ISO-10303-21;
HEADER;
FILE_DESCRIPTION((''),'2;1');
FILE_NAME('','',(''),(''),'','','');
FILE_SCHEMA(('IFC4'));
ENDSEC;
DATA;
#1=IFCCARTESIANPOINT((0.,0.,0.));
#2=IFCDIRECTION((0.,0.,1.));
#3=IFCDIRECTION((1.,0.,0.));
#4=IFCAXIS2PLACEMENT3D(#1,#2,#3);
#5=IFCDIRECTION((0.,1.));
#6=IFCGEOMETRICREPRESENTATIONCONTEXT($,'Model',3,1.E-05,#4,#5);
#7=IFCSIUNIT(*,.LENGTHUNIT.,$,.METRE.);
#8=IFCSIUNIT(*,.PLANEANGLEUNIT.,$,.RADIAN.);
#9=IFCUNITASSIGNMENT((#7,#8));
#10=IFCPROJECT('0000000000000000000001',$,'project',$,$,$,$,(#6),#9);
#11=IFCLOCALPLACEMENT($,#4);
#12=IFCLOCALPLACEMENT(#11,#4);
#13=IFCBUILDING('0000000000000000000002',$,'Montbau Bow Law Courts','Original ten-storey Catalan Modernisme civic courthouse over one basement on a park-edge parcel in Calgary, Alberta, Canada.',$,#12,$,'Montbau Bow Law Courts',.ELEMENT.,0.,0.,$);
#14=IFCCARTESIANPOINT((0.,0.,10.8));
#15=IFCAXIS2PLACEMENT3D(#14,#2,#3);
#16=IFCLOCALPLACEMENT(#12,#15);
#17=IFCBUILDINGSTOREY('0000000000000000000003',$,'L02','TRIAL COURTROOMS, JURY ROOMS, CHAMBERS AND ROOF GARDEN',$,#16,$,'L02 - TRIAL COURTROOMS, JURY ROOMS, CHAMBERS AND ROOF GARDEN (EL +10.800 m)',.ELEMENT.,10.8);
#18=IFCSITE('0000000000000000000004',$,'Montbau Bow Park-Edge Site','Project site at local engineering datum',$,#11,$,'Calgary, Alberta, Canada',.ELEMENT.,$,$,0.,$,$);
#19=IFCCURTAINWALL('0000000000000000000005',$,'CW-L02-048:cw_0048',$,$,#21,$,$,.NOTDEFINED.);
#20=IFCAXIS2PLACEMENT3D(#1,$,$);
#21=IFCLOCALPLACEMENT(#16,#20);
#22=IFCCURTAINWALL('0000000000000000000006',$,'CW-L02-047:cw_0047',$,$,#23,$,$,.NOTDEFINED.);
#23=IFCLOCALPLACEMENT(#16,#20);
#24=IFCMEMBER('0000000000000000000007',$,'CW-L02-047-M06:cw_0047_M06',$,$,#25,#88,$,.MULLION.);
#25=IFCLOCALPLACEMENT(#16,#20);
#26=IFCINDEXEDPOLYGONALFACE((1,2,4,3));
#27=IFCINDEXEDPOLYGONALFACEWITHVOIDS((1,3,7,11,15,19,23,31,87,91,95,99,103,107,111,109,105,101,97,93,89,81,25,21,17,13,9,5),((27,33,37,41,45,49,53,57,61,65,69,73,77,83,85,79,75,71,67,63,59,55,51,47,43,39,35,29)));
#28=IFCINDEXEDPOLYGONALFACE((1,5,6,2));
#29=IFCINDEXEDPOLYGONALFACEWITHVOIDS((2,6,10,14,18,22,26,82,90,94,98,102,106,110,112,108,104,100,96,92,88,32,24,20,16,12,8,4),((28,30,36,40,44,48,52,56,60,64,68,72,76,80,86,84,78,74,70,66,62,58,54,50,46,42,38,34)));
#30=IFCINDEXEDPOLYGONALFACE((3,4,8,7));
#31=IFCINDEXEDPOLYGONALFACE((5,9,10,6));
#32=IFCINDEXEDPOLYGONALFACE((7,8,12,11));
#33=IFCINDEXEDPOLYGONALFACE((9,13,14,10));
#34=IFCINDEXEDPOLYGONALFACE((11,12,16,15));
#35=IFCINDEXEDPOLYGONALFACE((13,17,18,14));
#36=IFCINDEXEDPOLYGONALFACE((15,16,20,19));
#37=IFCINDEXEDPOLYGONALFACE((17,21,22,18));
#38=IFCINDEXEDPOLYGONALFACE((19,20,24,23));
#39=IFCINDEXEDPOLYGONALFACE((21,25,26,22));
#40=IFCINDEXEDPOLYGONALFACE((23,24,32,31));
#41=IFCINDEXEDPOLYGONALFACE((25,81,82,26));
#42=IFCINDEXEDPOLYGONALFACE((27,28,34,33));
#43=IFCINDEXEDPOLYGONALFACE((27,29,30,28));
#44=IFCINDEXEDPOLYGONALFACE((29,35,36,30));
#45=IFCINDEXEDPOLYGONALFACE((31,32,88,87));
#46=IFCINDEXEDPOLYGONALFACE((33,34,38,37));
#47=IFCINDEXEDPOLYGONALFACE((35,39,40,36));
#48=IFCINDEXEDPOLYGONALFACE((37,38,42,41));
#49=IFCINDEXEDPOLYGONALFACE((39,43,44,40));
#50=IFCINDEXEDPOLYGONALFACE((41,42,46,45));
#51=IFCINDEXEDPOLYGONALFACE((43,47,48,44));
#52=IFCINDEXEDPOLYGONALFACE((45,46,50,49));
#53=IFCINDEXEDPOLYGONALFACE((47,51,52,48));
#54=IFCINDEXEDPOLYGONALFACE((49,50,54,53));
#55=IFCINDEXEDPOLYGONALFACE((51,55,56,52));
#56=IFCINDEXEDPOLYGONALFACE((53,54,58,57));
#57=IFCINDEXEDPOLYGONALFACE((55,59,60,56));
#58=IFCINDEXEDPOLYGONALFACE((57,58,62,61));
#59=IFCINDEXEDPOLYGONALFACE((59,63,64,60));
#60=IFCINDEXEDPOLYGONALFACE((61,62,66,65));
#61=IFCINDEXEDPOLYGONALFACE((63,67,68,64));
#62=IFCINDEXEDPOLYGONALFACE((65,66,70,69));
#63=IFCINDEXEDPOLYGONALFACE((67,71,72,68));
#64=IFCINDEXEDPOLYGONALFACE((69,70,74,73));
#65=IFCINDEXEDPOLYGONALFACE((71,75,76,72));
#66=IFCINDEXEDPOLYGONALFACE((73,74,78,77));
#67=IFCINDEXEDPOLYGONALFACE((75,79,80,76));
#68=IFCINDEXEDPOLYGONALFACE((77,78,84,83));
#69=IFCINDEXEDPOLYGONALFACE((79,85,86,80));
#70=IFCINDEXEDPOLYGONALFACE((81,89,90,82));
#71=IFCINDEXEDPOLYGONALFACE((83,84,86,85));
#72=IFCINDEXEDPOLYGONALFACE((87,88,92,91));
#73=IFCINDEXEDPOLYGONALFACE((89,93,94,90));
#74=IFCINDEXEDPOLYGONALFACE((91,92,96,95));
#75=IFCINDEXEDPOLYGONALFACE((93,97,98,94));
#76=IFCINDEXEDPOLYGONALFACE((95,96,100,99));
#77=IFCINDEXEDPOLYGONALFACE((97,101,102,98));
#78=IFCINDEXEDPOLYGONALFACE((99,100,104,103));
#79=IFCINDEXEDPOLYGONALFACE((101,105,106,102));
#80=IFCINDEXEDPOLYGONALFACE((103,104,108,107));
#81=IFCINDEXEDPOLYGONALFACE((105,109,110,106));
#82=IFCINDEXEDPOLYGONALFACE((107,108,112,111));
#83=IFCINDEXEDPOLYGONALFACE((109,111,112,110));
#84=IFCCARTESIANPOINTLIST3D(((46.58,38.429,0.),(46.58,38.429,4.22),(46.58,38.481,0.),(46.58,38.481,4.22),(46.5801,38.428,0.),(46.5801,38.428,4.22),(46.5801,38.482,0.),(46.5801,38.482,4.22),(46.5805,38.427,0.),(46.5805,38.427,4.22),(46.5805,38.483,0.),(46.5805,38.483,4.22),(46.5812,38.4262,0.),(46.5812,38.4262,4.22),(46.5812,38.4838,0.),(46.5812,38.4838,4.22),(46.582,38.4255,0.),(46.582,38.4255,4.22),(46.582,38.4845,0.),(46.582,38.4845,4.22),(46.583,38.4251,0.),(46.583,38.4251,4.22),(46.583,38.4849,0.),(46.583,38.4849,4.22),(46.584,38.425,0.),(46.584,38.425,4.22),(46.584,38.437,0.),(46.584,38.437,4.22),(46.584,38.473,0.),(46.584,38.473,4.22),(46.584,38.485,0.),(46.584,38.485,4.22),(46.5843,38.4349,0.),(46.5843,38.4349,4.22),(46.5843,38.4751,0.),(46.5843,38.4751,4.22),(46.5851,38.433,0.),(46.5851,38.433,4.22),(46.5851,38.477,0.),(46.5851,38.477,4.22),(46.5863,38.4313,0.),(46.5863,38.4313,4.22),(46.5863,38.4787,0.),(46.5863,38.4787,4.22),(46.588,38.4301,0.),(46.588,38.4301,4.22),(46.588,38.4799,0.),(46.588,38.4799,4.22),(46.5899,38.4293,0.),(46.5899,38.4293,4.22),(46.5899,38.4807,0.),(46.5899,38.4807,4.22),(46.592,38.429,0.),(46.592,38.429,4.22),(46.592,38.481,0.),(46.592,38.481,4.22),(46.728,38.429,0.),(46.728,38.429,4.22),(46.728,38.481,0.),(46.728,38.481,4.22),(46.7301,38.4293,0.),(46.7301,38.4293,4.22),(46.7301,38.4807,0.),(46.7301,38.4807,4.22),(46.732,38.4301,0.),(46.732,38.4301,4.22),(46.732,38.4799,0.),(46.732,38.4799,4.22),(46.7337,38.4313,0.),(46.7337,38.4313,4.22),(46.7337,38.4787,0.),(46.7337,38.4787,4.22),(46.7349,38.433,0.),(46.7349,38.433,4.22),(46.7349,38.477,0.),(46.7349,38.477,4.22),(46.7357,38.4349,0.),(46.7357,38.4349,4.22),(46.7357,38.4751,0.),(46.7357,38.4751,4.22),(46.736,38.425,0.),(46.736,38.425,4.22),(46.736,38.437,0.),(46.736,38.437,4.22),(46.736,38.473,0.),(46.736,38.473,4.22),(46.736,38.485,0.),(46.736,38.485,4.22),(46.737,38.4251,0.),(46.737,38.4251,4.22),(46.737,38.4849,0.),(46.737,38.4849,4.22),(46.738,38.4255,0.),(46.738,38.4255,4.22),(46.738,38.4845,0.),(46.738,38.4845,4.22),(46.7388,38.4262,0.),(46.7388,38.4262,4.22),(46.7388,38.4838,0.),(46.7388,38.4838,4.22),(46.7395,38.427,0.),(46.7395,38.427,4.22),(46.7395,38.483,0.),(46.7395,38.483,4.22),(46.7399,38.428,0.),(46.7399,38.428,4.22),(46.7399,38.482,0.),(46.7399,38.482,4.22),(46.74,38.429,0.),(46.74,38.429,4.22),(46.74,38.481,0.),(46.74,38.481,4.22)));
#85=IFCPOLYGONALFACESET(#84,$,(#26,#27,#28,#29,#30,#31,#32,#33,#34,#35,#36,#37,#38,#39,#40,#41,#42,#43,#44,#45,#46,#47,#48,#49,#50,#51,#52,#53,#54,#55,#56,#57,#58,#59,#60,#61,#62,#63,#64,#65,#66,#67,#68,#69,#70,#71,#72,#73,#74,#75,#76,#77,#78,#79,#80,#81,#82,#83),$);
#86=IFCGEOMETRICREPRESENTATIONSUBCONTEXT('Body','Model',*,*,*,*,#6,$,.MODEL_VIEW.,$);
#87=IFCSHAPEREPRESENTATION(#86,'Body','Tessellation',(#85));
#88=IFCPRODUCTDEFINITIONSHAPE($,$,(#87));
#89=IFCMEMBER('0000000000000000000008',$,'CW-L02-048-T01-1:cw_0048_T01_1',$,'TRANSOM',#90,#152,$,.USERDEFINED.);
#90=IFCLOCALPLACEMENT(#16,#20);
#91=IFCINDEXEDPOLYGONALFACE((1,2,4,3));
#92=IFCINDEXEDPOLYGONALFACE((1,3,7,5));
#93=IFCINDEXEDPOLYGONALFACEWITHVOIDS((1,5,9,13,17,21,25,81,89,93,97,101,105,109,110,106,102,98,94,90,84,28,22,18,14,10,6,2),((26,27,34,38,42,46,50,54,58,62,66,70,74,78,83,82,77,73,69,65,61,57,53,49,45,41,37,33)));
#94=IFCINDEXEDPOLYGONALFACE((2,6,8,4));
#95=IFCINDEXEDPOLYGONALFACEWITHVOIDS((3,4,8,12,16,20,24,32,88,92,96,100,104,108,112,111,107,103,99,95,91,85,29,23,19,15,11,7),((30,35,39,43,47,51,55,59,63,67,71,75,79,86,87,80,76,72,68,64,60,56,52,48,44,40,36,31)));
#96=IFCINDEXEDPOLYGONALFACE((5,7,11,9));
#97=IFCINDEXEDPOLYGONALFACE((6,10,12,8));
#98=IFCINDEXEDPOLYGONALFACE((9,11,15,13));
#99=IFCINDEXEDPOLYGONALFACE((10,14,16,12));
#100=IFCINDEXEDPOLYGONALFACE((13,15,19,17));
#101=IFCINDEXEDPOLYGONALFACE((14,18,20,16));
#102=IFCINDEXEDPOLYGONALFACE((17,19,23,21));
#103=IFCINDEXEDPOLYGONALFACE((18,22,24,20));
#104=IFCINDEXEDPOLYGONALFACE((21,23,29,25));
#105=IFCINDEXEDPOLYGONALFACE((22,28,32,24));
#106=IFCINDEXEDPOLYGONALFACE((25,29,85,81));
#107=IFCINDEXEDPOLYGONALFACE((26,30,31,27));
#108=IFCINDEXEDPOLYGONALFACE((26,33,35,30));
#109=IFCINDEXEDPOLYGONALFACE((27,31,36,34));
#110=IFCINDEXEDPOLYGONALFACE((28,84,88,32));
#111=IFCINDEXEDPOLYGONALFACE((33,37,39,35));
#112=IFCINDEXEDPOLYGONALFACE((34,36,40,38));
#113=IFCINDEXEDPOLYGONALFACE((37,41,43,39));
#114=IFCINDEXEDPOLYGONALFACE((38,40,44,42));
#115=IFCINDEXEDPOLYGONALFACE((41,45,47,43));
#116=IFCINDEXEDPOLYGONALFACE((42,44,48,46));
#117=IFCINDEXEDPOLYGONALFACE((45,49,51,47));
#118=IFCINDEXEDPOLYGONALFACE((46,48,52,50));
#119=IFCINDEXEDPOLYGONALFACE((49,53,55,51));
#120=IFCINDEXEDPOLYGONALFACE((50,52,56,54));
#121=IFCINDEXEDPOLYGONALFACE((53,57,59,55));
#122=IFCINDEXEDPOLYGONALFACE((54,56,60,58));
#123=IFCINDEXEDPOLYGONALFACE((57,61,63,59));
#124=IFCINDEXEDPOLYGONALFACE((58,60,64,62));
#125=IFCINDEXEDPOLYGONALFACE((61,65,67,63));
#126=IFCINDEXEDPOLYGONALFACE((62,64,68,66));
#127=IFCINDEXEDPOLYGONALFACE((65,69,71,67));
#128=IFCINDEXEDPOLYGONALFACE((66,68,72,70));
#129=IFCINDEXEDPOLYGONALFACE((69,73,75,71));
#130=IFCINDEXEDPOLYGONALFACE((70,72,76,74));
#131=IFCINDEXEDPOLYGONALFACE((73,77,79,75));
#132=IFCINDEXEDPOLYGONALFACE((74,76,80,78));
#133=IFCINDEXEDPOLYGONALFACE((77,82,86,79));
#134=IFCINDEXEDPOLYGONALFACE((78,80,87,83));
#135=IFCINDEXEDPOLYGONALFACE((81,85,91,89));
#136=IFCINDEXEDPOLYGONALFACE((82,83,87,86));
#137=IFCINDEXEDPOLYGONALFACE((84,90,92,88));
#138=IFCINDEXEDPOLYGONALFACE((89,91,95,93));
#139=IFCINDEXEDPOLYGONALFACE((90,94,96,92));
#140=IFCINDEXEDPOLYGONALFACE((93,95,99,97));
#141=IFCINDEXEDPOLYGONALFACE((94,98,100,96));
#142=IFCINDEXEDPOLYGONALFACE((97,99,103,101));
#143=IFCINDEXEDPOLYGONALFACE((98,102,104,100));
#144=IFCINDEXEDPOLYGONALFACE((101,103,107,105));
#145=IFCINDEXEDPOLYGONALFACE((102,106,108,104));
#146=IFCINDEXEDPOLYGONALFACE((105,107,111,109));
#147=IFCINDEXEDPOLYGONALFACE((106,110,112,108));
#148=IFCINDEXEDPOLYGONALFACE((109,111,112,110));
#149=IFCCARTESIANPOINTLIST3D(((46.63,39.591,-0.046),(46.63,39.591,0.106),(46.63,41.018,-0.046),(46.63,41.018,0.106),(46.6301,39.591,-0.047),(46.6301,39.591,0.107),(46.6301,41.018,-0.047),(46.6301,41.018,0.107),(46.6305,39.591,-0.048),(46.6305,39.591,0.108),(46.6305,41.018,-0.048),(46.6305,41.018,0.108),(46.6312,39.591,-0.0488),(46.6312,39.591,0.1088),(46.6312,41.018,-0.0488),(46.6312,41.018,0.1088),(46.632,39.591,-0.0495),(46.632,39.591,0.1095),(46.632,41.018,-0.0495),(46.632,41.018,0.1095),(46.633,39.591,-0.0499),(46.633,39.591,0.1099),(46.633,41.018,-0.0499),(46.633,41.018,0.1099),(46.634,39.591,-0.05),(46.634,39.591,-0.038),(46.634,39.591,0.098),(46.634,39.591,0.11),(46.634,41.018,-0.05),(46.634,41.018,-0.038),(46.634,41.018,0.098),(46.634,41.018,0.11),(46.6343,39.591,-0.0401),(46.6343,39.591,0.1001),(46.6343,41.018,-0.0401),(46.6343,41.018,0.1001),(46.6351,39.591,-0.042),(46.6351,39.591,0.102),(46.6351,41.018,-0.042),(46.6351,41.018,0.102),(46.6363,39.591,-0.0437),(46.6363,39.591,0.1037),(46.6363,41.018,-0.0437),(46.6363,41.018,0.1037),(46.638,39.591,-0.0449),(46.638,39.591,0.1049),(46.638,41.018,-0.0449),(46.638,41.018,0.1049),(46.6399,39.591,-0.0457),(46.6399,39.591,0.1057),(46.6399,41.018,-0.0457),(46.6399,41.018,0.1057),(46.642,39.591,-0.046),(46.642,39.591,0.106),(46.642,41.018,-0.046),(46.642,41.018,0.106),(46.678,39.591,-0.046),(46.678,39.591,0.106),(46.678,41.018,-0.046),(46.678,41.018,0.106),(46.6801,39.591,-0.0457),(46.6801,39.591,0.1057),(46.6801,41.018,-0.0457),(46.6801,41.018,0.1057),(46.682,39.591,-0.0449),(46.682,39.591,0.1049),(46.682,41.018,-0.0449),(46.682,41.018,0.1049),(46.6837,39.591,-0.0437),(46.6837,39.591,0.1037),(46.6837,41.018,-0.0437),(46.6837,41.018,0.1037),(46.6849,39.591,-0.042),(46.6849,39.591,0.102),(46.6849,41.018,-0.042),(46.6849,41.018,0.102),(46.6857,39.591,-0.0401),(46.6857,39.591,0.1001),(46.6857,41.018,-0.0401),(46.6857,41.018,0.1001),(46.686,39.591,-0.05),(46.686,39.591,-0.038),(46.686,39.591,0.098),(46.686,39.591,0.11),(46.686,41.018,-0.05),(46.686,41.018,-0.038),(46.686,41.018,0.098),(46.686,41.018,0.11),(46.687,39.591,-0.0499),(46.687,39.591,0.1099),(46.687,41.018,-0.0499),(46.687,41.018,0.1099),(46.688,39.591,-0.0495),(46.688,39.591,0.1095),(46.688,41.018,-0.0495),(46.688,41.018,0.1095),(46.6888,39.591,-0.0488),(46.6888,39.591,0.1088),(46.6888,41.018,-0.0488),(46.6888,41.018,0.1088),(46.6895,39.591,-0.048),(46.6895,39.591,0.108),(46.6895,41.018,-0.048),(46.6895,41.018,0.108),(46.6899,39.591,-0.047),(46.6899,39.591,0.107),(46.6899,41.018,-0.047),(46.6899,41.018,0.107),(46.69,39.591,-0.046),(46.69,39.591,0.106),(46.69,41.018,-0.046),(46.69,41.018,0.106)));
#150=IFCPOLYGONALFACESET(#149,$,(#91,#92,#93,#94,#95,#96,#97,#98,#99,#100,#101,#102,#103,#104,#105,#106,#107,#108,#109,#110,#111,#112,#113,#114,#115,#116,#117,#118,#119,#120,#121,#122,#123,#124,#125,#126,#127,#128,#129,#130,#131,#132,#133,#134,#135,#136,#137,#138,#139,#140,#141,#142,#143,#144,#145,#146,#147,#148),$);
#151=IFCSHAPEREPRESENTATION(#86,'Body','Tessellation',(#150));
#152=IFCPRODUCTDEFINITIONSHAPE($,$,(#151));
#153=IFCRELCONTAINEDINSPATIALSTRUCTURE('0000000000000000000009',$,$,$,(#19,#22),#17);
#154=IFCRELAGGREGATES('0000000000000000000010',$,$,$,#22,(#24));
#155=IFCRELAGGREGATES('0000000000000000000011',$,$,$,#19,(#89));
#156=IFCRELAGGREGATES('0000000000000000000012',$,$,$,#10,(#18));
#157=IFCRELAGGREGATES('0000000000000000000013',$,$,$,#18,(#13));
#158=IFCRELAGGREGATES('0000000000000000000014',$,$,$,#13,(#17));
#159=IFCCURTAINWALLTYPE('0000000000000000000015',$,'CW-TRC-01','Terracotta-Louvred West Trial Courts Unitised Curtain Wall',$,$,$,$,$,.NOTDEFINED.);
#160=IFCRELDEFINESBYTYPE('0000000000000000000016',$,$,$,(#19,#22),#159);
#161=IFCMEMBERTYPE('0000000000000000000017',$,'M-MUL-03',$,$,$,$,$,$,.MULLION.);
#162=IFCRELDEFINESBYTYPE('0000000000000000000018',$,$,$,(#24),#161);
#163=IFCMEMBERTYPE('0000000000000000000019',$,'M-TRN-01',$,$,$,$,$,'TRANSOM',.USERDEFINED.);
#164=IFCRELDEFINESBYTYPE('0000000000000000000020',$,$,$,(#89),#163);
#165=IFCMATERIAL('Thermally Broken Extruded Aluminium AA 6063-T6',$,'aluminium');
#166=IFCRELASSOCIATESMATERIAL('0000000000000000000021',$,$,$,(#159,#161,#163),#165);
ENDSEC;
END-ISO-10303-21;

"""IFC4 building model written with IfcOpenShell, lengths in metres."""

from ifc_helpers import new_model, si_unit, direction, frame, origin_with_axes, origin_2d_with_axis, place, context, subcontext, project, spatial, hollow_rectangle, extrude, material, material_profile, profile_set, type_object, element, aggregate, save


model = new_model("IFC4")

# Units and contexts
model_context = context("Model", 3, precision=1e-05, world=origin_with_axes(), true_north=direction((0.0, 1.0)))
body_context = subcontext(model_context, "Body", "Model", "MODEL_VIEW")
ifc_project = project(units=[si_unit("LENGTHUNIT", "METRE"), si_unit("PLANEANGLEUNIT", "RADIAN")], contexts=[model_context])

# Site, building, storey
site_placement = place(None, origin_with_axes())
site = spatial("IfcSite", under=ifc_project, at=site_placement, Name="Montbau Bow Park-Edge Site", Description="Project site at local engineering datum", LongName="Calgary, Alberta, Canada", CompositionType="ELEMENT", RefElevation=0.0)
building_placement = place(site_placement, origin_with_axes())
building = spatial("IfcBuilding", under=site, at=building_placement, Name="Montbau Bow Law Courts", Description="Original ten-storey Catalan Modernisme civic courthouse over one basement on a park-edge parcel in Calgary, Alberta, Canada.", LongName="Montbau Bow Law Courts", CompositionType="ELEMENT", ElevationOfRefHeight=0.0, ElevationOfTerrain=0.0)
storey_placement = place(building_placement, frame((0.0, 0.0, 10.8), z_axis=(0.0, 0.0, 1.0), x_axis=(1.0, 0.0, 0.0)))
storey = spatial("IfcBuildingStorey", under=building, at=storey_placement, Name="L02", Description="TRIAL COURTROOMS, JURY ROOMS, CHAMBERS AND ROOF GARDEN", LongName="L02 - TRIAL COURTROOMS, JURY ROOMS, CHAMBERS AND ROOF GARDEN (EL +10.800 m)", CompositionType="ELEMENT", Elevation=10.8)

# Curtain walls, member
ifc_material_1 = material(Name="Thermally Broken Extruded Aluminium AA 6063-T6", Category="aluminium")
curtain_wall_type_1 = type_object("IfcCurtainWallType", Name="CW-TRC-01", Description="Terracotta-Louvred West Trial Courts Unitised Curtain Wall", PredefinedType="NOTDEFINED", material=ifc_material_1)
curtain_wall_1_placement = place(None, frame((46.66, 39.515, 10.8), z_axis=(0.0, 0.0, 1.0), x_axis=(1.0, 0.0, 0.0)))
curtain_wall_1 = element("IfcCurtainWall", 1, at=curtain_wall_1_placement, inside=storey, type_object=curtain_wall_type_1, Name="CW-L02-048:cw_0048", PredefinedType="NOTDEFINED")
curtain_wall_2_placement = place(None, frame((46.66, 31.115, 10.8), z_axis=(0.0, 0.0, 1.0), x_axis=(1.0, 0.0, 0.0)))
curtain_wall_2 = element("IfcCurtainWall", 2, at=curtain_wall_2_placement, inside=storey, type_object=curtain_wall_type_1, Name="CW-L02-047:cw_0047", PredefinedType="NOTDEFINED")
ifc_material_profile_1 = material_profile(ifc_material_1, hollow_rectangle(XDim=0.06, YDim=0.16, WallThickness=0.004, InnerFilletRadius=0.008, OuterFilletRadius=0.004, at=origin_2d_with_axis()), Name="CWM-160X60", Category="Main", Priority=0)
ifc_profile_set_1 = profile_set([ifc_material_profile_1], Name="Thermally Broken Extruded Aluminium AA 6063-T6")
member_type_1 = type_object("IfcMemberType", Name="M-MUL-03", PredefinedType="MULLION", material=ifc_profile_set_1)
member_1_placement = place(None, frame((46.66, 38.455, 10.8), z_axis=(0.0, 0.0, 1.0), x_axis=(0.0, 1.0, 0.0)))
member_1 = element("IfcMember", 3, at=member_1_placement, type_object=member_type_1, Name="CW-L02-047-M06:cw_0047_M06", PredefinedType="MULLION", context=body_context, shape_type="SweptSolid", body=[
    extrude(hollow_rectangle(XDim=0.06, YDim=0.16, WallThickness=0.004, InnerFilletRadius=0.008, OuterFilletRadius=0.004, at=origin_2d_with_axis()), origin_with_axes(), (0.0, 0.0, 1.0), 4.22),
])
aggregate(curtain_wall_2, [member_1])

# Member
ifc_material_profile_2 = material_profile(ifc_material_1, hollow_rectangle(XDim=0.06, YDim=0.16, WallThickness=0.004, InnerFilletRadius=0.008, OuterFilletRadius=0.004, at=origin_2d_with_axis()), Name="CWT-160X60", Category="Main", Priority=0)
ifc_profile_set_2 = profile_set([ifc_material_profile_2], Name="Thermally Broken Extruded Aluminium AA 6063-T6")
member_type_2 = type_object("IfcMemberType", Name="M-TRN-01", ElementType="TRANSOM", PredefinedType="USERDEFINED", material=ifc_profile_set_2)
member_2_placement = place(None, frame((46.66, 39.591, 10.83), z_axis=(0.0, 1.0, 0.0), x_axis=(-1.0, 0.0, 0.0)))
member_2 = element("IfcMember", 4, at=member_2_placement, type_object=member_type_2, Name="CW-L02-048-T01-1:cw_0048_T01_1", ObjectType="TRANSOM", PredefinedType="USERDEFINED", context=body_context, shape_type="SweptSolid", body=[
    extrude(hollow_rectangle(XDim=0.06, YDim=0.16, WallThickness=0.004, InnerFilletRadius=0.008, OuterFilletRadius=0.004, at=origin_2d_with_axis()), origin_with_axes(), (0.0, 0.0, 1.0), 1.427),
])

aggregate(curtain_wall_1, [member_2])

save(model, "model.ifc")
